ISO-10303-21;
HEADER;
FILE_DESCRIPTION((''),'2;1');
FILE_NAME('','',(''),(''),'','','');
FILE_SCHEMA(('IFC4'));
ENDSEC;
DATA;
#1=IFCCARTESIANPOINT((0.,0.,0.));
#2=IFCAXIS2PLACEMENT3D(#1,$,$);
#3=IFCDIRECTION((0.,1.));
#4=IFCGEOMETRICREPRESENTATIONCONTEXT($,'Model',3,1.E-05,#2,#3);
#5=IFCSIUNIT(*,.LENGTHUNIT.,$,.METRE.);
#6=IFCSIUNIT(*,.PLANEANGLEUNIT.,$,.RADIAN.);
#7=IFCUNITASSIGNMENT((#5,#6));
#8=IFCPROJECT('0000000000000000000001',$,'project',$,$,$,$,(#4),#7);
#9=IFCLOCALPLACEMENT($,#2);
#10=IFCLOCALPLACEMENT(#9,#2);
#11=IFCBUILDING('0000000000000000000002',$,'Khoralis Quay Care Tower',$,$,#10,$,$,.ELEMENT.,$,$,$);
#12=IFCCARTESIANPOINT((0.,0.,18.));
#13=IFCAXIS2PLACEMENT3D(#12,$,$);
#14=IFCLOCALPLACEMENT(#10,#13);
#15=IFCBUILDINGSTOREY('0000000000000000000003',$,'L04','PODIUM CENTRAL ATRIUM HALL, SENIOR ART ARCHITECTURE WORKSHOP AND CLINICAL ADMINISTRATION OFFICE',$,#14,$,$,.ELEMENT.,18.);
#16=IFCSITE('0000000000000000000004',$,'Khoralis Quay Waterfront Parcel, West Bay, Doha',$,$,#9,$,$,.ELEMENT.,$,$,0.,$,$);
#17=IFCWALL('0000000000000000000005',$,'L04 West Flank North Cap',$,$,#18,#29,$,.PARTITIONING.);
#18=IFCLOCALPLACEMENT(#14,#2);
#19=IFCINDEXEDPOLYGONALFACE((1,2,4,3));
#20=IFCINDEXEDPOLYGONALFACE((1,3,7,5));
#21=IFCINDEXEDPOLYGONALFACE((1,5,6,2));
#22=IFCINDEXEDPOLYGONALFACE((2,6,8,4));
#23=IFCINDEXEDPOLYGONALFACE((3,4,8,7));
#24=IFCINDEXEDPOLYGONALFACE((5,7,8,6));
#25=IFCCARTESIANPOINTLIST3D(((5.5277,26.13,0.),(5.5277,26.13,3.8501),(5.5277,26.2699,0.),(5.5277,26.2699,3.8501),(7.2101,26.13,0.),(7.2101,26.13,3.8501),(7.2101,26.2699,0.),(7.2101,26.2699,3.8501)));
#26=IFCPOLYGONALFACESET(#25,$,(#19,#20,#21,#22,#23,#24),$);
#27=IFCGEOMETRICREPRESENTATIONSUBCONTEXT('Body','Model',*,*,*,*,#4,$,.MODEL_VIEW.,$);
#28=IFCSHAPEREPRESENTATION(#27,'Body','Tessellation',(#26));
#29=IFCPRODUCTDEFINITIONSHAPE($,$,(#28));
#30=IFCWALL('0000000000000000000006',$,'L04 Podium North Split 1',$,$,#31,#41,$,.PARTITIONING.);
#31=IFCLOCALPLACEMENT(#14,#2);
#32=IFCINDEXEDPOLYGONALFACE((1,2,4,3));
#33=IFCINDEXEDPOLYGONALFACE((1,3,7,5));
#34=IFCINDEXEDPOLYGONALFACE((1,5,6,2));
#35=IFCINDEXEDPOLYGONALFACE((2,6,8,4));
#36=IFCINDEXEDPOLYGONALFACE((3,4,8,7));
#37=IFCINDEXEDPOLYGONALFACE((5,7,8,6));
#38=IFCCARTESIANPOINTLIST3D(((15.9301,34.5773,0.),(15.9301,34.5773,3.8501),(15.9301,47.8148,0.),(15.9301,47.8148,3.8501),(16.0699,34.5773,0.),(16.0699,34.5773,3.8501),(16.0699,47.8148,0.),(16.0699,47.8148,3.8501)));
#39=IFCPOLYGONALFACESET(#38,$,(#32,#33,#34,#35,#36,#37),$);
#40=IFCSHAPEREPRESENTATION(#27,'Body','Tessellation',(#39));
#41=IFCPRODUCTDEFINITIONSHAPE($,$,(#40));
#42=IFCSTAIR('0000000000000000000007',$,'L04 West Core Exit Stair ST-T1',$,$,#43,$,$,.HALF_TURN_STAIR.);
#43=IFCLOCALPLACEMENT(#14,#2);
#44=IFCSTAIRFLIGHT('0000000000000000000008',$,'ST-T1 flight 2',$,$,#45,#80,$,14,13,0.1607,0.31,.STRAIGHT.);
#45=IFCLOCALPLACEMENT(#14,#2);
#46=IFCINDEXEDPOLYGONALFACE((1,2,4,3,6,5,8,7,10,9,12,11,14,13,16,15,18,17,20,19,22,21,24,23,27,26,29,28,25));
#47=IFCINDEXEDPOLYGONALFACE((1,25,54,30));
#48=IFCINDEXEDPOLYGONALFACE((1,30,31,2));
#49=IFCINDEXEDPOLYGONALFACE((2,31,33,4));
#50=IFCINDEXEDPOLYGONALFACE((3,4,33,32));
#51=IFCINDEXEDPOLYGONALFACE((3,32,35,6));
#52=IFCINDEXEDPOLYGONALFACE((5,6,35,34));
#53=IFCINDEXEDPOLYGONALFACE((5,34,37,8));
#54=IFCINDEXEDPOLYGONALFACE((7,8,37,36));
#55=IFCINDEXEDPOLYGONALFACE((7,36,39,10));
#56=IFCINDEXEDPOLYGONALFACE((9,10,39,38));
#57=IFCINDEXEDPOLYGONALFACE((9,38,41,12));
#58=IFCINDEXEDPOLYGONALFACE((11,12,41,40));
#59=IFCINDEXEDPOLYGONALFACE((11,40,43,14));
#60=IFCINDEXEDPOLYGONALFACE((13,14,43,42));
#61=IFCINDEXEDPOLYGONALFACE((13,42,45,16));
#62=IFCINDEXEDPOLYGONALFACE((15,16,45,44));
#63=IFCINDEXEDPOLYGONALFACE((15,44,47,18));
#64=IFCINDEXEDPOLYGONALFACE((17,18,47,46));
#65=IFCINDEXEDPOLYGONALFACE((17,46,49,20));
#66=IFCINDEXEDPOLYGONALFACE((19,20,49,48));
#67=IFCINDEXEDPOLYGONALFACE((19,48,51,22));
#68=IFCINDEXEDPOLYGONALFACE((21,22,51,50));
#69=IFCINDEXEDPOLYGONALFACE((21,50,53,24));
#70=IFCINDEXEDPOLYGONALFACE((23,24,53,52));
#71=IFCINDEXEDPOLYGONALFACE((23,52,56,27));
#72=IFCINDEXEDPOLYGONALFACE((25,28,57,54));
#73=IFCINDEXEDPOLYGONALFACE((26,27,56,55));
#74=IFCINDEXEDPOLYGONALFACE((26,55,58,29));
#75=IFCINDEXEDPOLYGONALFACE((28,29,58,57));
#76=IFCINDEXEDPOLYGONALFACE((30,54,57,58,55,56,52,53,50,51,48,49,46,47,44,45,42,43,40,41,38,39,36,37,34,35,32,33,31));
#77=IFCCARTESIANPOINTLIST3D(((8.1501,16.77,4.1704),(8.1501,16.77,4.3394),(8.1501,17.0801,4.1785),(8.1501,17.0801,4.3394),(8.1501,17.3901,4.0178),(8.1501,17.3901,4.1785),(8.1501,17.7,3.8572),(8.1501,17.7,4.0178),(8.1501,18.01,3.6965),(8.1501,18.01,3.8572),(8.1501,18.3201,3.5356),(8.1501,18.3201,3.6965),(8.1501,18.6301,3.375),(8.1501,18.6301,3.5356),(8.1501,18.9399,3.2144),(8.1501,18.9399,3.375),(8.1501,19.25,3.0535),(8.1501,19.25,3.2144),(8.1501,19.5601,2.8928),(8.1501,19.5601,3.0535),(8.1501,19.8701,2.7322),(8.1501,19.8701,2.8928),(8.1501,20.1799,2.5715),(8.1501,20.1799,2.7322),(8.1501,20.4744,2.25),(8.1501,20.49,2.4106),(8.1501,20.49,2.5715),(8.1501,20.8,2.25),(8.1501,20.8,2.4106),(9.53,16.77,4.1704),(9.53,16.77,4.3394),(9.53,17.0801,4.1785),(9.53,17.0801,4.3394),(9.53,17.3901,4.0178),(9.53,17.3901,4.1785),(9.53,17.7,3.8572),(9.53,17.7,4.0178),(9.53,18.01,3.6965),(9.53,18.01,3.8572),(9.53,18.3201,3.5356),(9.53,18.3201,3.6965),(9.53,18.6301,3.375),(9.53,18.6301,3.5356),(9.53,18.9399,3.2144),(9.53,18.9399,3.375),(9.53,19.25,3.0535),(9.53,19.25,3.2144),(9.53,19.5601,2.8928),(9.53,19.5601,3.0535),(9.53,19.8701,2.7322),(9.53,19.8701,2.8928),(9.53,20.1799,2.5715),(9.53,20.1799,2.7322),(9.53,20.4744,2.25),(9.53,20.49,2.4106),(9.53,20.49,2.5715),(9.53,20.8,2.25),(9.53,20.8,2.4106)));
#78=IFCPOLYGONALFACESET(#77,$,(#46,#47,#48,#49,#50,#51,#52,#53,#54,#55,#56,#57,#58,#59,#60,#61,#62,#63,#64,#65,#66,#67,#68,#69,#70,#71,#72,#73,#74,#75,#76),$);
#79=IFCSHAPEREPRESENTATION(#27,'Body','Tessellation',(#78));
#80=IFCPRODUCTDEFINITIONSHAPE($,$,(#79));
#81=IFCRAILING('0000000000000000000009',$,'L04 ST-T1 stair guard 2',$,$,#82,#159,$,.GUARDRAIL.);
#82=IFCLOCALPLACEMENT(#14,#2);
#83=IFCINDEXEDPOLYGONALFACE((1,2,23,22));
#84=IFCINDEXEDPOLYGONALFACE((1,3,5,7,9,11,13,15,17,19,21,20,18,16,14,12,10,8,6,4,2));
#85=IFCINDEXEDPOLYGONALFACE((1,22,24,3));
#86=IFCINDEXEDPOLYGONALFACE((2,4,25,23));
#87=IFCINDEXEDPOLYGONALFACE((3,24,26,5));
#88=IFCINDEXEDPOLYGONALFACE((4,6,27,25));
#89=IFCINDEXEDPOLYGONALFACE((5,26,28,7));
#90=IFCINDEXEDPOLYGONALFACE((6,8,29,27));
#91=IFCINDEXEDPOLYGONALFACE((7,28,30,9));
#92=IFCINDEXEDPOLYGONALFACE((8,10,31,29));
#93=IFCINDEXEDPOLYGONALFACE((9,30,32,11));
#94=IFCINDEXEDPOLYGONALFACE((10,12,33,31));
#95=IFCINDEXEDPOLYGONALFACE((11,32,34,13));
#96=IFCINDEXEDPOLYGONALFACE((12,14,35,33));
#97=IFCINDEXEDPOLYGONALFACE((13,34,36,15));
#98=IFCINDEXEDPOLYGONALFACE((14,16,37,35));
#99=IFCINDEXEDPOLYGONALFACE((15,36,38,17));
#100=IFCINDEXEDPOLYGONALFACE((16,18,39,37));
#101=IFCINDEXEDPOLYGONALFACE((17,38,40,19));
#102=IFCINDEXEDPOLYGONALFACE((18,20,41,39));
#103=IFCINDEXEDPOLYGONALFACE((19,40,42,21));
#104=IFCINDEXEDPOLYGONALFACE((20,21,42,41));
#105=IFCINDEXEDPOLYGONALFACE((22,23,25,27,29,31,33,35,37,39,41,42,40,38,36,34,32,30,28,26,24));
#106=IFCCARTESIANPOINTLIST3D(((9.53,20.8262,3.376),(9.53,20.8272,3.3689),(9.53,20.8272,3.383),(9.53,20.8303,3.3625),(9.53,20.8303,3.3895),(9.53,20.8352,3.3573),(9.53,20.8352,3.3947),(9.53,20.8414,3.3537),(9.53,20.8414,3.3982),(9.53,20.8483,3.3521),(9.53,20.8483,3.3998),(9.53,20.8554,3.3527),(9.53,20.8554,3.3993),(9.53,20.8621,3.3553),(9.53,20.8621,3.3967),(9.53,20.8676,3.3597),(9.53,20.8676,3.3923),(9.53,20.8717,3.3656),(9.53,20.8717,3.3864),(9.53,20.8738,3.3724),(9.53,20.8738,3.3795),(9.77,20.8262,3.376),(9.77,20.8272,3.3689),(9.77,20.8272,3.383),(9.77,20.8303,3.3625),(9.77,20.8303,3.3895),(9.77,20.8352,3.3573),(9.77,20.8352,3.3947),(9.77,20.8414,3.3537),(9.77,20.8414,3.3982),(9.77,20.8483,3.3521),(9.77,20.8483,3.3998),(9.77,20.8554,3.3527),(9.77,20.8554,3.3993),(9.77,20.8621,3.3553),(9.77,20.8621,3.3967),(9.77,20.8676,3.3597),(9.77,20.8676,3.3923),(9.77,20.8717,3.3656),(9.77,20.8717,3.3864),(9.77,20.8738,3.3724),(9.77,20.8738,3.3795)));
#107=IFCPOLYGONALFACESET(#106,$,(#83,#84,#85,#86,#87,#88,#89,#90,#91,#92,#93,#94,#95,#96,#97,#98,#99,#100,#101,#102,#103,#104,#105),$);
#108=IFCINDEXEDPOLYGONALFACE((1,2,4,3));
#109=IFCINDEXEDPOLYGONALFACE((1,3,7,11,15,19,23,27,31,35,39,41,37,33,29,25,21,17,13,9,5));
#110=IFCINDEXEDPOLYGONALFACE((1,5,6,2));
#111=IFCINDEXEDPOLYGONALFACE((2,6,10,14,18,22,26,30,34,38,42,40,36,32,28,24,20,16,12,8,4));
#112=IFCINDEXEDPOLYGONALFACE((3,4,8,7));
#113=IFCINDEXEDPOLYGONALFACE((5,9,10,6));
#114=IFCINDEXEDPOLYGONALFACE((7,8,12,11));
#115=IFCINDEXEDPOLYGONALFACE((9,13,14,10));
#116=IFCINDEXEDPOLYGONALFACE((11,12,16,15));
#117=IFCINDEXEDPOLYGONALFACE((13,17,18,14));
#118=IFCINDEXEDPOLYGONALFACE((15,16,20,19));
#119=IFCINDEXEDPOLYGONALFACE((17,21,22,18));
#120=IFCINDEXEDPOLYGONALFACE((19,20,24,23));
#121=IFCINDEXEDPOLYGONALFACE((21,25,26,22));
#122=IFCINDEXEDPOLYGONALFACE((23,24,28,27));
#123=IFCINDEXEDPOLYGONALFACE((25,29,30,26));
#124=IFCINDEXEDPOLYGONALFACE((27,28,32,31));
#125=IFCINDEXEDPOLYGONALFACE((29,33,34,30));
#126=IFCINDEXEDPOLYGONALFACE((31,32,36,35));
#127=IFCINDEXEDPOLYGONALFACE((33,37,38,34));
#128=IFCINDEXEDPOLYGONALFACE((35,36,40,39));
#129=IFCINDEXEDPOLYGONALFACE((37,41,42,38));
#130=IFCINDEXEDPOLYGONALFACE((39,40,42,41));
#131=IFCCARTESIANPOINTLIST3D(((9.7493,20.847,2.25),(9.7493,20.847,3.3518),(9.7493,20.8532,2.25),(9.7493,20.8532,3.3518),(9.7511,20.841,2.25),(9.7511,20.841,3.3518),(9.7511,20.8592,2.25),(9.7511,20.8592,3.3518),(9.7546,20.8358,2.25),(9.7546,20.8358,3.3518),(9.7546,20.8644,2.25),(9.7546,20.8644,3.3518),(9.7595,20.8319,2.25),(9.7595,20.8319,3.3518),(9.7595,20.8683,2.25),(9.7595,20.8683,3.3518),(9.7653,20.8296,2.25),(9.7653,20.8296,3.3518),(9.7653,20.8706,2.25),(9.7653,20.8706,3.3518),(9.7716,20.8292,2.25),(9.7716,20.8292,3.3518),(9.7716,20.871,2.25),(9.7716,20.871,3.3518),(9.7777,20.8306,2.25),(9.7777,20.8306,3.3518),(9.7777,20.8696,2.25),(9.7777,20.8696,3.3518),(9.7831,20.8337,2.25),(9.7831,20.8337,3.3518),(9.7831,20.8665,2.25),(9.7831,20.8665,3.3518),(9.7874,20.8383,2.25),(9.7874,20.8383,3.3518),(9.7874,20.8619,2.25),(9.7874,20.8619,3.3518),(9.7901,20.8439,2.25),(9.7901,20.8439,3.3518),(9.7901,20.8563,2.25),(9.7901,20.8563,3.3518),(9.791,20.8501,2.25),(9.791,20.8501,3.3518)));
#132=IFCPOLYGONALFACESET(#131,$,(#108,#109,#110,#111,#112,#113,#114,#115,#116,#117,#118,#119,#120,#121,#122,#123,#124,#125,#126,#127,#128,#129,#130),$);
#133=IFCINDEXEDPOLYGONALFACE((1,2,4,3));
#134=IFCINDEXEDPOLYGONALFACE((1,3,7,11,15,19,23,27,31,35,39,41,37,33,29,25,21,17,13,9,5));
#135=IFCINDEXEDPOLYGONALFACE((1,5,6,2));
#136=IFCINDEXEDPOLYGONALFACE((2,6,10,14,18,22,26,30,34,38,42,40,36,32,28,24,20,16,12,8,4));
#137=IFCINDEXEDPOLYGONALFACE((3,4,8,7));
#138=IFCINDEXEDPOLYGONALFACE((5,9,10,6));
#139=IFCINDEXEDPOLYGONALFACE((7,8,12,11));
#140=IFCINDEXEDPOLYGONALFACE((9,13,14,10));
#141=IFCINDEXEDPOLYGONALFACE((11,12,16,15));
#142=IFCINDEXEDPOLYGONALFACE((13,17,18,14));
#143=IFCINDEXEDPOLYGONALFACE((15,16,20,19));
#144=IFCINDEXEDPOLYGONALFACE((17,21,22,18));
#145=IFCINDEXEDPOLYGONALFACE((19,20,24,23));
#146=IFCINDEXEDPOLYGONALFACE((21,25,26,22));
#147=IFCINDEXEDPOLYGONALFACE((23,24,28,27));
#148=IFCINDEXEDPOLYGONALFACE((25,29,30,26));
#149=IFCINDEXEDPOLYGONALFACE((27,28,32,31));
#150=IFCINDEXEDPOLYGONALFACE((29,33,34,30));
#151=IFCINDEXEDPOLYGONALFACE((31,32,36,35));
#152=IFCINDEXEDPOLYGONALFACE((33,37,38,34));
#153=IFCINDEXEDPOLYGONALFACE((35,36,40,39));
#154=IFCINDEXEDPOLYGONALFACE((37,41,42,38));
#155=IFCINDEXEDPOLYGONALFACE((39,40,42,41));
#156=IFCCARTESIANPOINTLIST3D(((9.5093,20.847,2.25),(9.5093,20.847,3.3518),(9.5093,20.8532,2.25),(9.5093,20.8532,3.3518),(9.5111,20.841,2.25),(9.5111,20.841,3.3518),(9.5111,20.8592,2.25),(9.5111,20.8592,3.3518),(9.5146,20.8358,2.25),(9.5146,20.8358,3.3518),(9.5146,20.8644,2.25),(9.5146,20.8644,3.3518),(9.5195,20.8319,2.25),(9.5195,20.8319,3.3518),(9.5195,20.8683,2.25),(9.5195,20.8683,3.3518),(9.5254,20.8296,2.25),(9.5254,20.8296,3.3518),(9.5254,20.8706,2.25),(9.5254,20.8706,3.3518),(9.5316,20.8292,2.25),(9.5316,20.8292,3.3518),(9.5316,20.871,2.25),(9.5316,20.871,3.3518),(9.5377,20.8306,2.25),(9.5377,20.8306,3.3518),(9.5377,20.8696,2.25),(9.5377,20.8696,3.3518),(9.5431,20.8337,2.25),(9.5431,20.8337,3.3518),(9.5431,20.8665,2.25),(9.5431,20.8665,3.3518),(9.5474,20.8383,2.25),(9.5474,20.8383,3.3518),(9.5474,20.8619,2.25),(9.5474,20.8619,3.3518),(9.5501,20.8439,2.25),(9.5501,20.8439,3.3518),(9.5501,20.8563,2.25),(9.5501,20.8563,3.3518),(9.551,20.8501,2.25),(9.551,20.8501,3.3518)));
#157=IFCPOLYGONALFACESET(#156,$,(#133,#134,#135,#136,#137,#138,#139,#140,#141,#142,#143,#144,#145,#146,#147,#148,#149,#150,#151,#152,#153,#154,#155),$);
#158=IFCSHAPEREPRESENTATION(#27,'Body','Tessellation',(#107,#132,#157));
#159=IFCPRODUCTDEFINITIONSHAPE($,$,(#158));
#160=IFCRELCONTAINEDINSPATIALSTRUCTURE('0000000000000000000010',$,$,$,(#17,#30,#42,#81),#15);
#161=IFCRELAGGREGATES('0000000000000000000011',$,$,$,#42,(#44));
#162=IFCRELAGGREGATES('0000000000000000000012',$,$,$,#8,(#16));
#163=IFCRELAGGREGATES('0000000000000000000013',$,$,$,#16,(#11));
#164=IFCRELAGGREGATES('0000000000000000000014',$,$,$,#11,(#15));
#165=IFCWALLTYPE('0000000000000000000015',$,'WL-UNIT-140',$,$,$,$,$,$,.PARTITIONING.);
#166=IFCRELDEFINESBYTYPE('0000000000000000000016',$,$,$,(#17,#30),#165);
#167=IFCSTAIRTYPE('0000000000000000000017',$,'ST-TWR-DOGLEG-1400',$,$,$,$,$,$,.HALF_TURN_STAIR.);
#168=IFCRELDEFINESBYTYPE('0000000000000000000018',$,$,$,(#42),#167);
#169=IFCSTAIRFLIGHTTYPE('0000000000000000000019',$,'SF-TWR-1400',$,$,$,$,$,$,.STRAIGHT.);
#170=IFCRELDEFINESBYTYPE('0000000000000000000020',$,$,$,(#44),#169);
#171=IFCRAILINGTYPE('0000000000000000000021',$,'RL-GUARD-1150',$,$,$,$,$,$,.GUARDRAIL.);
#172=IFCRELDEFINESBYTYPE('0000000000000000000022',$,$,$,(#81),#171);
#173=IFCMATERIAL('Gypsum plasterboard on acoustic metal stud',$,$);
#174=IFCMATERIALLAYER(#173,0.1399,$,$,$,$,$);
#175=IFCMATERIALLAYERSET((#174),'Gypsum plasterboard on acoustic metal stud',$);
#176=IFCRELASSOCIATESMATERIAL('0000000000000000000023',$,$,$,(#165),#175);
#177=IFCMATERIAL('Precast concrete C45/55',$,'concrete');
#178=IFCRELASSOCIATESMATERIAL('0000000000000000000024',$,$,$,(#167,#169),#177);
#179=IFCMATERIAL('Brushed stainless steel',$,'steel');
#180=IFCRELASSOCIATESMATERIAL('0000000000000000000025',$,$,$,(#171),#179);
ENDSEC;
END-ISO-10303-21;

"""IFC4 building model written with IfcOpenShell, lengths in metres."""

from ifc_helpers import new_model, si_unit, direction, frame, frame_2d, origin, origin_2d, place, context, subcontext, project, spatial, polyline, rectangle, circle, outline, extrude, source, transform, mapped, material, layer, layer_set, type_object, element, aggregate, save


model = new_model("IFC4")

# Units and contexts
model_context = context("Model", 3, precision=1e-05, world=origin(), true_north=direction((0.0, 1.0)))
body_context = subcontext(model_context, "Body", "Model", "MODEL_VIEW")
ifc_project = project(units=[si_unit("LENGTHUNIT", "METRE"), si_unit("PLANEANGLEUNIT", "RADIAN")], contexts=[model_context])

# Site, building, storey
site_placement = place(None, origin())
site = spatial("IfcSite", under=ifc_project, at=site_placement, Name="Khoralis Quay Waterfront Parcel, West Bay, Doha", CompositionType="ELEMENT", RefElevation=0.0)
building_placement = place(site_placement, origin())
building = spatial("IfcBuilding", under=site, at=building_placement, Name="Khoralis Quay Care Tower", CompositionType="ELEMENT")
storey_placement = place(building_placement, frame((0.0, 0.0, 18.0)))
storey = spatial("IfcBuildingStorey", under=building, at=storey_placement, Name="L04", Description="PODIUM CENTRAL ATRIUM HALL, SENIOR ART ARCHITECTURE WORKSHOP AND CLINICAL ADMINISTRATION OFFICE", CompositionType="ELEMENT", Elevation=18.0)

# Shared definitions
ifc_material_1 = material(Name="Brushed stainless steel", Category="steel")

# Shared definitions
ifc_material_2 = material(Name="Gypsum plasterboard on acoustic metal stud")

# Walls
ifc_layer_1 = layer(ifc_material_2, 0.1399)
ifc_layer_set_1 = layer_set([ifc_layer_1], Name="Gypsum plasterboard on acoustic metal stud")
wall_type_1 = type_object("IfcWallType", Name="WL-UNIT-140", PredefinedType="PARTITIONING", material=ifc_layer_set_1)
wall_1_placement = place(storey_placement, frame((5.5276, 26.2, 0.0), z_axis=(0.0, 0.0, 1.0), x_axis=(1.0, 0.0, 0.0)))
element("IfcWall", 1, at=wall_1_placement, inside=storey, type_object=wall_type_1, Name="L04 West Flank North Cap", PredefinedType="PARTITIONING", context=body_context, shape_type="SweptSolid", body=[
    extrude(rectangle(XDim=1.6824, YDim=0.1399, at=frame_2d((0.8413, 0.0))), origin(), (0.0, 0.0, 1.0), 3.8501),
])
wall_2_placement = place(storey_placement, frame((16.0, 34.5774, 0.0), z_axis=(0.0, 0.0, 1.0), x_axis=(0.0, 1.0, 0.0)))
element("IfcWall", 2, at=wall_2_placement, inside=storey, type_object=wall_type_1, Name="L04 Podium North Split 1", PredefinedType="PARTITIONING", context=body_context, shape_type="SweptSolid", body=[
    extrude(rectangle(XDim=13.2375, YDim=0.1399, at=frame_2d((6.6187, 0.0))), origin(), (0.0, 0.0, 1.0), 3.8501),
])

# Stair, stair flight
ifc_material_3 = material(Name="Precast concrete C45/55", Category="concrete")
stair_type = type_object("IfcStairType", Name="ST-TWR-DOGLEG-1400", PredefinedType="HALF_TURN_STAIR", material=ifc_material_3)
stair_placement = place(storey_placement, origin())
stair = element("IfcStair", 3, at=stair_placement, inside=storey, type_object=stair_type, Name="L04 West Core Exit Stair ST-T1", PredefinedType="HALF_TURN_STAIR")
stair_flight_type = type_object("IfcStairFlightType", Name="SF-TWR-1400", PredefinedType="STRAIGHT", material=ifc_material_3)
shared_shape_1 = source(origin(), body_context, "Body", "SweptSolid", [
    extrude(outline(polyline([(0.0, 0.0), (0.0, 0.1606), (0.3101, 0.1606), (0.3101, 0.3215), (0.6201, 0.3215), (0.6201, 0.4822), (0.9299, 0.4822), (0.9299, 0.6428), (1.24, 0.6428), (1.24, 0.8035), (1.55, 0.8035), (1.55, 0.9644), (1.8601, 0.9644), (1.8601, 1.125), (2.1699, 1.125), (2.1699, 1.2856), (2.48, 1.2856), (2.48, 1.4465), (2.79, 1.4465), (2.79, 1.6072), (3.1001, 1.6072), (3.1001, 1.7678), (3.4099, 1.7678), (3.4099, 1.9285), (3.72, 1.9285), (3.72, 2.0894), (4.03, 2.0894), (4.03, 2.25), (4.03, 1.9204), (0.3257, 0.0), (0.0, 0.0)])), frame((0.0, 0.6899, 0.0), z_axis=(0.0, -1.0, 0.0), x_axis=(1.0, 0.0, 0.0)), (0.0, 0.0, 1.0), 1.3799),
])
stair_flight_placement = place(storey_placement, frame((8.8401, 20.8, 2.25), z_axis=(0.0, 0.0, 1.0), x_axis=(0.0, -1.0, 0.0)))
stair_flight = element("IfcStairFlight", 4, at=stair_flight_placement, type_object=stair_flight_type, Name="ST-T1 flight 2", NumberOfRisers=14, NumberOfTreads=13, PredefinedType="STRAIGHT", RiserHeight=0.1607, TreadLength=0.31, context=body_context, shape_type="MappedRepresentation", body=[
    mapped(shared_shape_1, transform((0.0, 0.0, 0.0), scale=1.0)),
])
aggregate(stair, [stair_flight])

# Railing
railing_type_1 = type_object("IfcRailingType", Name="RL-GUARD-1150", PredefinedType="GUARDRAIL", material=ifc_material_1)
railing_1_placement = place(storey_placement, frame((9.77, 20.8501, 2.25)))
element("IfcRailing", 5, at=railing_1_placement, inside=storey, type_object=railing_type_1, Name="L04 ST-T1 stair guard 2", PredefinedType="GUARDRAIL", context=body_context, shape_type="SweptSolid", body=[
    extrude(circle(Radius=0.0239, at=origin_2d()), frame((0.0, 0.0, 1.126), z_axis=(-1.0, 0.0, 0.0), x_axis=(0.0, -1.0, 0.0)), (0.0, 0.0, 1.0), 0.24),
    extrude(circle(Radius=0.021, at=origin_2d()), origin(), (0.0, 0.0, 1.0), 1.1018),
    extrude(circle(Radius=0.021, at=origin_2d()), frame((-0.24, 0.0, 0.0)), (0.0, 0.0, 1.0), 1.1018),
])

save(model, "model.ifc")
